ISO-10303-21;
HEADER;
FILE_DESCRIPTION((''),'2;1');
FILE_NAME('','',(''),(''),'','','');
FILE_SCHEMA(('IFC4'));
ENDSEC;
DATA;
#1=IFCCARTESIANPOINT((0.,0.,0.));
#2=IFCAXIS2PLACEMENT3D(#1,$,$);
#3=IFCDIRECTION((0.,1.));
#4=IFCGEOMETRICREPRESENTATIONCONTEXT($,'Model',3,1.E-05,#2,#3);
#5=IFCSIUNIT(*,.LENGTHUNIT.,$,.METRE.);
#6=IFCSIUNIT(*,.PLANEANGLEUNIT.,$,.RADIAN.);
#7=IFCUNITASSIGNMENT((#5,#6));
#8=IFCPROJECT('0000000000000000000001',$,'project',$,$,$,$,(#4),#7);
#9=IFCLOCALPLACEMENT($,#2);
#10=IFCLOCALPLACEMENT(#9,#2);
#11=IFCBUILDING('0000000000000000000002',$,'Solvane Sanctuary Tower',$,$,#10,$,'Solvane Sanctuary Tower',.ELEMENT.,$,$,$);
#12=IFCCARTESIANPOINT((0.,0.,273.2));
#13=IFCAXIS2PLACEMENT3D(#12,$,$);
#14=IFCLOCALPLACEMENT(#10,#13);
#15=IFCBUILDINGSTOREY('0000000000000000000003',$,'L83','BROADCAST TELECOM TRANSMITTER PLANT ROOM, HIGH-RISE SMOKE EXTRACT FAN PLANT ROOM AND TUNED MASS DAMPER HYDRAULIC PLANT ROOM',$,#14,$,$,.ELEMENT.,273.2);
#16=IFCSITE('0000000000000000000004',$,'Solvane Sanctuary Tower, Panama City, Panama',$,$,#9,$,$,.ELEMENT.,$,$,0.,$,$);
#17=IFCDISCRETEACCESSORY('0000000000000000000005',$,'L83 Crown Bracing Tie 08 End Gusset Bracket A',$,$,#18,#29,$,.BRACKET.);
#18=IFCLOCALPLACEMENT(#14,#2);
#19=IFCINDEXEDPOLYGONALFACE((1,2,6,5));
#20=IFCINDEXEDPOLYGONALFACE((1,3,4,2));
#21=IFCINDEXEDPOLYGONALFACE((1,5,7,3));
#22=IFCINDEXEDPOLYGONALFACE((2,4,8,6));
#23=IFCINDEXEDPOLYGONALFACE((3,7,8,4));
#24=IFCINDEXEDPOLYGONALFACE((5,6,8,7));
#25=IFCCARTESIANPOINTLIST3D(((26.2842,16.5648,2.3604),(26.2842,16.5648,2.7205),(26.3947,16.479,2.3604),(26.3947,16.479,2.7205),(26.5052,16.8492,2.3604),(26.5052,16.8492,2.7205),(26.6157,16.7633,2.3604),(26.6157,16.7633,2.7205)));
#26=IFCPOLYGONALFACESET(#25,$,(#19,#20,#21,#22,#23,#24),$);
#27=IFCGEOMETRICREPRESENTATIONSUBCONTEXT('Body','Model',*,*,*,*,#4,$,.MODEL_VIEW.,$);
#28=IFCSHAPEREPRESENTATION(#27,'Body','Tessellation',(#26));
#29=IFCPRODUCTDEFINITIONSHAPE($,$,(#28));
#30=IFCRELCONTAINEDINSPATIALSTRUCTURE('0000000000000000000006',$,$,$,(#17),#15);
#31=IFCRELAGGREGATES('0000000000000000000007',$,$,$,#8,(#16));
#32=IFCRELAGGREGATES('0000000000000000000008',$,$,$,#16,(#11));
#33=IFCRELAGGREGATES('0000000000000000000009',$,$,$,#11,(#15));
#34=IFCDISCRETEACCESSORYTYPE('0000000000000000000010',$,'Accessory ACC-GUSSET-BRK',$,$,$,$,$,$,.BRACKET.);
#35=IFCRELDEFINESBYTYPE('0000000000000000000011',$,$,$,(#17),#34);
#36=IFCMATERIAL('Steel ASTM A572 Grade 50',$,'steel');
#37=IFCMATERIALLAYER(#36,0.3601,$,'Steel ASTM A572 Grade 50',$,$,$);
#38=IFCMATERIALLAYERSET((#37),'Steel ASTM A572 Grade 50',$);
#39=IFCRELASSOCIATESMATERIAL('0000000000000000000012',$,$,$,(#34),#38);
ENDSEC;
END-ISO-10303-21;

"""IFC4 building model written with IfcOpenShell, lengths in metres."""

from ifc_helpers import new_model, si_unit, direction, frame, origin, origin_2d, place, context, subcontext, project, spatial, rectangle, extrude, material, layer, layer_set, type_object, element, save


model = new_model("IFC4")

# Units and contexts
model_context = context("Model", 3, precision=1e-05, world=origin(), true_north=direction((0.0, 1.0)))
body_context = subcontext(model_context, "Body", "Model", "MODEL_VIEW")
ifc_project = project(units=[si_unit("LENGTHUNIT", "METRE"), si_unit("PLANEANGLEUNIT", "RADIAN")], contexts=[model_context])

# Site, building, storey
site_placement = place(None, origin())
site = spatial("IfcSite", under=ifc_project, at=site_placement, Name="Solvane Sanctuary Tower, Panama City, Panama", CompositionType="ELEMENT", RefElevation=0.0)
building_placement = place(site_placement, origin())
building = spatial("IfcBuilding", under=site, at=building_placement, Name="Solvane Sanctuary Tower", LongName="Solvane Sanctuary Tower", CompositionType="ELEMENT")
storey_placement = place(building_placement, frame((0.0, 0.0, 273.2)))
storey = spatial("IfcBuildingStorey", under=building, at=storey_placement, Name="L83", Description="BROADCAST TELECOM TRANSMITTER PLANT ROOM, HIGH-RISE SMOKE EXTRACT FAN PLANT ROOM AND TUNED MASS DAMPER HYDRAULIC PLANT ROOM", CompositionType="ELEMENT", Elevation=273.2)

# Discrete accessory
ifc_material_1 = material(Name="Steel ASTM A572 Grade 50", Category="steel")
ifc_layer_1 = layer(ifc_material_1, 0.3601, Name="Steel ASTM A572 Grade 50")
ifc_layer_set_1 = layer_set([ifc_layer_1], Name="Steel ASTM A572 Grade 50")
discrete_accessory_type = type_object("IfcDiscreteAccessoryType", Name="Accessory ACC-GUSSET-BRK", PredefinedType="BRACKET", material=ifc_layer_set_1)
discrete_accessory_placement = place(storey_placement, frame((26.45, 16.6641, 2.3604), z_axis=(0.0, 0.0, 1.0), x_axis=(-0.613596, -0.78962, 0.0)))
element("IfcDiscreteAccessory", 1, at=discrete_accessory_placement, inside=storey, type_object=discrete_accessory_type, Name="L83 Crown Bracing Tie 08 End Gusset Bracket A", PredefinedType="BRACKET", context=body_context, shape_type="SweptSolid", body=[
    extrude(rectangle(XDim=0.3601, YDim=0.1399, at=origin_2d()), origin(), (0.0, 0.0, 1.0), 0.3601),
])

save(model, "model.ifc")
